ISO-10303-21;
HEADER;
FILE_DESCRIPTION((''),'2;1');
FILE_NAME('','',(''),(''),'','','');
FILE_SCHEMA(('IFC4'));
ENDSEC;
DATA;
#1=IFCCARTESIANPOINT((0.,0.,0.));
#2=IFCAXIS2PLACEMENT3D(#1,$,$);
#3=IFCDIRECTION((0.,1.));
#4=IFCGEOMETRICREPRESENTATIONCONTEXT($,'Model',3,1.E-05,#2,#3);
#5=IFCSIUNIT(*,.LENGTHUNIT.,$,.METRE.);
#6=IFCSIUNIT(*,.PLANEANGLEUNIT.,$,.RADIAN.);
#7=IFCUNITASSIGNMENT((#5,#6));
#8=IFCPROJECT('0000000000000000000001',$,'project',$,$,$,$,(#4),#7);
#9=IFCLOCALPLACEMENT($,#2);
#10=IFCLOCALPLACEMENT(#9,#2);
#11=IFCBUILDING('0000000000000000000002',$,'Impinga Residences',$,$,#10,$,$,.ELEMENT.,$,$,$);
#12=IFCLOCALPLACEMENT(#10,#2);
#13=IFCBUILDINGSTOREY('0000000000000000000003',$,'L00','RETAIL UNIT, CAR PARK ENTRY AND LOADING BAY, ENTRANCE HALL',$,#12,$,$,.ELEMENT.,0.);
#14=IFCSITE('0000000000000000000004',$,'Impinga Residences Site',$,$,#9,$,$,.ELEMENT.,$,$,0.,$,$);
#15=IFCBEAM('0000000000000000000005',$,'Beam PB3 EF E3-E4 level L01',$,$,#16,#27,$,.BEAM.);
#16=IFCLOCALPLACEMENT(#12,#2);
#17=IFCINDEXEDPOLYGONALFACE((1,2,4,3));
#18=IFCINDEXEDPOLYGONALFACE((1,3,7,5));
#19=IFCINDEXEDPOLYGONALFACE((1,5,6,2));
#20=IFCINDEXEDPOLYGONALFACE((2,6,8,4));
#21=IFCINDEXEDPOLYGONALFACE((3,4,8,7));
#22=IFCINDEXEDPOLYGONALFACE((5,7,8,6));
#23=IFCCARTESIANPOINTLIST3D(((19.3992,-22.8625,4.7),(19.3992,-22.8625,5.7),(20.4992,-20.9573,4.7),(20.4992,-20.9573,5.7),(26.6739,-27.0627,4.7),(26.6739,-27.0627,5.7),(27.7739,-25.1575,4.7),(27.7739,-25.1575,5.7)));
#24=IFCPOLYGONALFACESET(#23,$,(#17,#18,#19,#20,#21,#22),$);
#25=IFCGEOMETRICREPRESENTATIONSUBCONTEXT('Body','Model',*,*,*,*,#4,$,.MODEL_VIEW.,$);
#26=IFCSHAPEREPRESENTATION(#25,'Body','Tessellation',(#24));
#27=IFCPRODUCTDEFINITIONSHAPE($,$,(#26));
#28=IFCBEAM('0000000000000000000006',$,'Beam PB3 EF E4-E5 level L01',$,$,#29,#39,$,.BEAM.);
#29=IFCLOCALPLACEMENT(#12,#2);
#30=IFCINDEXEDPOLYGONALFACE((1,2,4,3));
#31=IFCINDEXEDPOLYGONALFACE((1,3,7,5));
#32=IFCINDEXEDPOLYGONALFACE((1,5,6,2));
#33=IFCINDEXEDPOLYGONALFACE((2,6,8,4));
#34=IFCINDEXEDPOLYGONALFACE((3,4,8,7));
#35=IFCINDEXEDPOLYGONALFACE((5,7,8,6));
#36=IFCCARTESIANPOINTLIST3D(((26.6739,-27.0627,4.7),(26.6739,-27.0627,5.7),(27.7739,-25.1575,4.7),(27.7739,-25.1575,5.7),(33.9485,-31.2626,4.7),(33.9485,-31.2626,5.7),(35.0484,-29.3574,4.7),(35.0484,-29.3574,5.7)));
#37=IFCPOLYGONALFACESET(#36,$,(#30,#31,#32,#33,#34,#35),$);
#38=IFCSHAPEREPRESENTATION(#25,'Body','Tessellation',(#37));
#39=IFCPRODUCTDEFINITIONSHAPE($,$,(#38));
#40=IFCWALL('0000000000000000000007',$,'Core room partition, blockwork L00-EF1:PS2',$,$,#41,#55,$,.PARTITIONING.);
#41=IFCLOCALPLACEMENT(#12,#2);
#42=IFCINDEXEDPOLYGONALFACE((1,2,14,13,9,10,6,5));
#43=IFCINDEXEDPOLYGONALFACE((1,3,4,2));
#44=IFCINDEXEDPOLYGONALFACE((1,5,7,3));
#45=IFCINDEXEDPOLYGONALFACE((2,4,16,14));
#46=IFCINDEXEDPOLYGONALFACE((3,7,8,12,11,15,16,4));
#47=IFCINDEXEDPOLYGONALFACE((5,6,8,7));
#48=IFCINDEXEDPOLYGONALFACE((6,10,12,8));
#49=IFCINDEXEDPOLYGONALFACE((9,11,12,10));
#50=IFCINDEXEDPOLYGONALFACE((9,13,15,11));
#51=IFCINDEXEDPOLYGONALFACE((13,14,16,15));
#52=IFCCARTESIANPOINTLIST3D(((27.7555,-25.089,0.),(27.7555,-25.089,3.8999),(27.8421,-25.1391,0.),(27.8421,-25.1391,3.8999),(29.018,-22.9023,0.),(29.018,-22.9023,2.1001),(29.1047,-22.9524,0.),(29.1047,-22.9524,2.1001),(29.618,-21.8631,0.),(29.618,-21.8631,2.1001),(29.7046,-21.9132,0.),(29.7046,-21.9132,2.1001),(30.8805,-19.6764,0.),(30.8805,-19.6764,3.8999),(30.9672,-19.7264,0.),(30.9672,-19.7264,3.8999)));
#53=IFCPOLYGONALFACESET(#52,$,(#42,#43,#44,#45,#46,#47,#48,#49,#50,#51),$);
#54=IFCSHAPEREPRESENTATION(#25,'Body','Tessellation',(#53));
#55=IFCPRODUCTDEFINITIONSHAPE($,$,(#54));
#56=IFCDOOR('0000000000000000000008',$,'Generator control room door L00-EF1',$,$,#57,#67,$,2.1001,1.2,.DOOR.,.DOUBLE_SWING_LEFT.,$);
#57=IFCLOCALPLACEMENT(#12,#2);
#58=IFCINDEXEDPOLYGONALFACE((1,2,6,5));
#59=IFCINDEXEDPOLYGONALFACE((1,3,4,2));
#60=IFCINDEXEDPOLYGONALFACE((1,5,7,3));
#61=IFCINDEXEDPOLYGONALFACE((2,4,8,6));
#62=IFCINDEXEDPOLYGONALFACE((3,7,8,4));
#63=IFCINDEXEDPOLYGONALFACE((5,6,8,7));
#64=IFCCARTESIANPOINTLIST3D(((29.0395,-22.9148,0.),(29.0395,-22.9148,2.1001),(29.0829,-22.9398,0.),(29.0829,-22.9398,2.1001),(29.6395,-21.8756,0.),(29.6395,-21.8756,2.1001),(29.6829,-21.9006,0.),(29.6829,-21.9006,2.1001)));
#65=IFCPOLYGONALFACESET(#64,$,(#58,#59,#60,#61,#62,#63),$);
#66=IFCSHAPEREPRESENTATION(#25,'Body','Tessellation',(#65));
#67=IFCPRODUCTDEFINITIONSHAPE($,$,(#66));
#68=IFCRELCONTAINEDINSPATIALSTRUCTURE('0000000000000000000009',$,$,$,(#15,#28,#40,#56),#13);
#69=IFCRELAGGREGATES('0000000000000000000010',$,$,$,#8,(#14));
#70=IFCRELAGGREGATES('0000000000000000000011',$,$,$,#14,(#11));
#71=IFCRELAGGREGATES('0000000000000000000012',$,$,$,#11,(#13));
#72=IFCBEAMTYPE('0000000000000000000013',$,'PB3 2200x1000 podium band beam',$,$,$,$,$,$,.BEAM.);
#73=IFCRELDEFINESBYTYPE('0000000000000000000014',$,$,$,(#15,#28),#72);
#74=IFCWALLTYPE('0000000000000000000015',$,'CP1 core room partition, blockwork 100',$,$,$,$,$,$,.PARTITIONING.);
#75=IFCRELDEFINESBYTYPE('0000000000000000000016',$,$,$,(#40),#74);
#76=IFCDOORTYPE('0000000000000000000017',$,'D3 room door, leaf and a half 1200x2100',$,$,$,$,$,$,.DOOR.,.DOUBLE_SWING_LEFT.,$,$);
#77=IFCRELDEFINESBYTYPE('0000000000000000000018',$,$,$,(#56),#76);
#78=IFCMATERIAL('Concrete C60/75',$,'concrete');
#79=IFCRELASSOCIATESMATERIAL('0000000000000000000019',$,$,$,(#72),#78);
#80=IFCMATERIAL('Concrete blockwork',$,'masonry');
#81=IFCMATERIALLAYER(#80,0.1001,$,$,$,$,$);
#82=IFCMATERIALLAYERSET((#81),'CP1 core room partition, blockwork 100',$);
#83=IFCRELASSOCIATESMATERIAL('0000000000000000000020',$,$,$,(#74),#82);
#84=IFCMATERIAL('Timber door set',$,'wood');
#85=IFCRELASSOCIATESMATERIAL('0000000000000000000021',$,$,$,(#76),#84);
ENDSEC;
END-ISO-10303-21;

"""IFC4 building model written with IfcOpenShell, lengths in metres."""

from ifc_helpers import new_model, si_unit, direction, frame, frame_2d, origin, origin_2d, place, context, subcontext, project, spatial, rectangle, extrude, material, layer, layer_set, material_profile, profile_set, type_object, element, fill, save


model = new_model("IFC4")

# Units and contexts
model_context = context("Model", 3, precision=1e-05, world=origin(), true_north=direction((0.0, 1.0)))
body_context = subcontext(model_context, "Body", "Model", "MODEL_VIEW")
ifc_project = project(units=[si_unit("LENGTHUNIT", "METRE"), si_unit("PLANEANGLEUNIT", "RADIAN")], contexts=[model_context])

# Site, building, storey
site_placement = place(None, origin())
site = spatial("IfcSite", under=ifc_project, at=site_placement, Name="Impinga Residences Site", CompositionType="ELEMENT", RefElevation=0.0)
building_placement = place(site_placement, origin())
building = spatial("IfcBuilding", under=site, at=building_placement, Name="Impinga Residences", CompositionType="ELEMENT")
storey_placement = place(building_placement, origin())
storey = spatial("IfcBuildingStorey", under=building, at=storey_placement, Name="L00", Description="RETAIL UNIT, CAR PARK ENTRY AND LOADING BAY, ENTRANCE HALL", CompositionType="ELEMENT", Elevation=0.0)

# Beams
ifc_material_1 = material(Name="Concrete C60/75", Category="concrete")
ifc_material_profile_1 = material_profile(ifc_material_1, rectangle(XDim=2.2, YDim=1.0, at=origin_2d()), Name="RC 2200x1000")
ifc_profile_set_1 = profile_set([ifc_material_profile_1], Name="Concrete C60/75")
beam_type_1 = type_object("IfcBeamType", Name="PB3 2200x1000 podium band beam", PredefinedType="BEAM", material=ifc_profile_set_1)
beam_1_placement = place(storey_placement, frame((19.9492, -21.9099, 5.2), z_axis=(0.866017, -0.500015, 0.0), x_axis=(0.500015, 0.866017, 0.0)))
element("IfcBeam", 1, at=beam_1_placement, inside=storey, type_object=beam_type_1, Name="Beam PB3 EF E3-E4 level L01", PredefinedType="BEAM", context=body_context, shape_type="SweptSolid", body=[
    extrude(rectangle(XDim=2.2, YDim=1.0, at=origin_2d()), origin(), (0.0, 0.0, 1.0), 8.4001),
])
beam_2_placement = place(storey_placement, frame((27.2239, -26.1101, 5.2), z_axis=(0.866029, -0.499993, 0.0), x_axis=(0.499993, 0.866029, 0.0)))
element("IfcBeam", 2, at=beam_2_placement, inside=storey, type_object=beam_type_1, Name="Beam PB3 EF E4-E5 level L01", PredefinedType="BEAM", context=body_context, shape_type="SweptSolid", body=[
    extrude(rectangle(XDim=2.2, YDim=1.0, at=origin_2d()), origin(), (0.0, 0.0, 1.0), 8.3999),
])

# Wall, opening, door
ifc_material_2 = material(Name="Concrete blockwork", Category="masonry")
ifc_layer = layer(ifc_material_2, 0.1001)
ifc_layer_set = layer_set([ifc_layer], Name="CP1 core room partition, blockwork 100")
wall_type = type_object("IfcWallType", Name="CP1 core room partition, blockwork 100", PredefinedType="PARTITIONING", material=ifc_layer_set)
wall_placement = place(storey_placement, frame((30.9238, -19.7014, 0.0), z_axis=(0.0, 0.0, 1.0), x_axis=(-0.500004, -0.866023, 0.0)))
wall = element("IfcWall", 3, at=wall_placement, inside=storey, type_object=wall_type, Name="Core room partition, blockwork L00-EF1:PS2", PredefinedType="PARTITIONING", context=body_context, shape_type="SweptSolid", body=[
    extrude(rectangle(XDim=6.25, YDim=0.1001, at=frame_2d((3.125, 0.0))), origin(), (0.0, 0.0, 1.0), 3.8999),
])
opening_placement = place(wall_placement, frame((2.5249, 0.0, 0.0)))
opening = element("IfcOpeningElement", 4, at=opening_placement, cuts=wall, PredefinedType="OPENING", context=body_context, shape_type="SweptSolid", body=[
    extrude(rectangle(XDim=1.2, YDim=2.1001, at=frame_2d((0.6001, 1.05))), frame((0.0, 0.0601, 0.0), z_axis=(0.0, -1.0, 0.0), x_axis=(1.0, 0.0, 0.0)), (0.0, 0.0, 1.0), 0.1201),
])
ifc_material_3 = material(Name="Timber door set", Category="wood")
door_type = type_object("IfcDoorType", Name="D3 room door, leaf and a half 1200x2100", OperationType="DOUBLE_SWING_LEFT", PredefinedType="DOOR", material=ifc_material_3)
door_placement = place(opening_placement, origin())
door = element("IfcDoor", 5, at=door_placement, inside=storey, type_object=door_type, Name="Generator control room door L00-EF1", OperationType="DOUBLE_SWING_LEFT", OverallHeight=2.1001, OverallWidth=1.2, PredefinedType="DOOR", context=body_context, shape_type="SweptSolid", body=[
    extrude(rectangle(XDim=1.2, YDim=2.1001, at=frame_2d((0.6001, 1.05))), frame((0.0, 0.0249, 0.0), z_axis=(0.0, -1.0, 0.0), x_axis=(1.0, 0.0, 0.0)), (0.0, 0.0, 1.0), 0.05),
])
fill(opening, door)

save(model, "model.ifc")
